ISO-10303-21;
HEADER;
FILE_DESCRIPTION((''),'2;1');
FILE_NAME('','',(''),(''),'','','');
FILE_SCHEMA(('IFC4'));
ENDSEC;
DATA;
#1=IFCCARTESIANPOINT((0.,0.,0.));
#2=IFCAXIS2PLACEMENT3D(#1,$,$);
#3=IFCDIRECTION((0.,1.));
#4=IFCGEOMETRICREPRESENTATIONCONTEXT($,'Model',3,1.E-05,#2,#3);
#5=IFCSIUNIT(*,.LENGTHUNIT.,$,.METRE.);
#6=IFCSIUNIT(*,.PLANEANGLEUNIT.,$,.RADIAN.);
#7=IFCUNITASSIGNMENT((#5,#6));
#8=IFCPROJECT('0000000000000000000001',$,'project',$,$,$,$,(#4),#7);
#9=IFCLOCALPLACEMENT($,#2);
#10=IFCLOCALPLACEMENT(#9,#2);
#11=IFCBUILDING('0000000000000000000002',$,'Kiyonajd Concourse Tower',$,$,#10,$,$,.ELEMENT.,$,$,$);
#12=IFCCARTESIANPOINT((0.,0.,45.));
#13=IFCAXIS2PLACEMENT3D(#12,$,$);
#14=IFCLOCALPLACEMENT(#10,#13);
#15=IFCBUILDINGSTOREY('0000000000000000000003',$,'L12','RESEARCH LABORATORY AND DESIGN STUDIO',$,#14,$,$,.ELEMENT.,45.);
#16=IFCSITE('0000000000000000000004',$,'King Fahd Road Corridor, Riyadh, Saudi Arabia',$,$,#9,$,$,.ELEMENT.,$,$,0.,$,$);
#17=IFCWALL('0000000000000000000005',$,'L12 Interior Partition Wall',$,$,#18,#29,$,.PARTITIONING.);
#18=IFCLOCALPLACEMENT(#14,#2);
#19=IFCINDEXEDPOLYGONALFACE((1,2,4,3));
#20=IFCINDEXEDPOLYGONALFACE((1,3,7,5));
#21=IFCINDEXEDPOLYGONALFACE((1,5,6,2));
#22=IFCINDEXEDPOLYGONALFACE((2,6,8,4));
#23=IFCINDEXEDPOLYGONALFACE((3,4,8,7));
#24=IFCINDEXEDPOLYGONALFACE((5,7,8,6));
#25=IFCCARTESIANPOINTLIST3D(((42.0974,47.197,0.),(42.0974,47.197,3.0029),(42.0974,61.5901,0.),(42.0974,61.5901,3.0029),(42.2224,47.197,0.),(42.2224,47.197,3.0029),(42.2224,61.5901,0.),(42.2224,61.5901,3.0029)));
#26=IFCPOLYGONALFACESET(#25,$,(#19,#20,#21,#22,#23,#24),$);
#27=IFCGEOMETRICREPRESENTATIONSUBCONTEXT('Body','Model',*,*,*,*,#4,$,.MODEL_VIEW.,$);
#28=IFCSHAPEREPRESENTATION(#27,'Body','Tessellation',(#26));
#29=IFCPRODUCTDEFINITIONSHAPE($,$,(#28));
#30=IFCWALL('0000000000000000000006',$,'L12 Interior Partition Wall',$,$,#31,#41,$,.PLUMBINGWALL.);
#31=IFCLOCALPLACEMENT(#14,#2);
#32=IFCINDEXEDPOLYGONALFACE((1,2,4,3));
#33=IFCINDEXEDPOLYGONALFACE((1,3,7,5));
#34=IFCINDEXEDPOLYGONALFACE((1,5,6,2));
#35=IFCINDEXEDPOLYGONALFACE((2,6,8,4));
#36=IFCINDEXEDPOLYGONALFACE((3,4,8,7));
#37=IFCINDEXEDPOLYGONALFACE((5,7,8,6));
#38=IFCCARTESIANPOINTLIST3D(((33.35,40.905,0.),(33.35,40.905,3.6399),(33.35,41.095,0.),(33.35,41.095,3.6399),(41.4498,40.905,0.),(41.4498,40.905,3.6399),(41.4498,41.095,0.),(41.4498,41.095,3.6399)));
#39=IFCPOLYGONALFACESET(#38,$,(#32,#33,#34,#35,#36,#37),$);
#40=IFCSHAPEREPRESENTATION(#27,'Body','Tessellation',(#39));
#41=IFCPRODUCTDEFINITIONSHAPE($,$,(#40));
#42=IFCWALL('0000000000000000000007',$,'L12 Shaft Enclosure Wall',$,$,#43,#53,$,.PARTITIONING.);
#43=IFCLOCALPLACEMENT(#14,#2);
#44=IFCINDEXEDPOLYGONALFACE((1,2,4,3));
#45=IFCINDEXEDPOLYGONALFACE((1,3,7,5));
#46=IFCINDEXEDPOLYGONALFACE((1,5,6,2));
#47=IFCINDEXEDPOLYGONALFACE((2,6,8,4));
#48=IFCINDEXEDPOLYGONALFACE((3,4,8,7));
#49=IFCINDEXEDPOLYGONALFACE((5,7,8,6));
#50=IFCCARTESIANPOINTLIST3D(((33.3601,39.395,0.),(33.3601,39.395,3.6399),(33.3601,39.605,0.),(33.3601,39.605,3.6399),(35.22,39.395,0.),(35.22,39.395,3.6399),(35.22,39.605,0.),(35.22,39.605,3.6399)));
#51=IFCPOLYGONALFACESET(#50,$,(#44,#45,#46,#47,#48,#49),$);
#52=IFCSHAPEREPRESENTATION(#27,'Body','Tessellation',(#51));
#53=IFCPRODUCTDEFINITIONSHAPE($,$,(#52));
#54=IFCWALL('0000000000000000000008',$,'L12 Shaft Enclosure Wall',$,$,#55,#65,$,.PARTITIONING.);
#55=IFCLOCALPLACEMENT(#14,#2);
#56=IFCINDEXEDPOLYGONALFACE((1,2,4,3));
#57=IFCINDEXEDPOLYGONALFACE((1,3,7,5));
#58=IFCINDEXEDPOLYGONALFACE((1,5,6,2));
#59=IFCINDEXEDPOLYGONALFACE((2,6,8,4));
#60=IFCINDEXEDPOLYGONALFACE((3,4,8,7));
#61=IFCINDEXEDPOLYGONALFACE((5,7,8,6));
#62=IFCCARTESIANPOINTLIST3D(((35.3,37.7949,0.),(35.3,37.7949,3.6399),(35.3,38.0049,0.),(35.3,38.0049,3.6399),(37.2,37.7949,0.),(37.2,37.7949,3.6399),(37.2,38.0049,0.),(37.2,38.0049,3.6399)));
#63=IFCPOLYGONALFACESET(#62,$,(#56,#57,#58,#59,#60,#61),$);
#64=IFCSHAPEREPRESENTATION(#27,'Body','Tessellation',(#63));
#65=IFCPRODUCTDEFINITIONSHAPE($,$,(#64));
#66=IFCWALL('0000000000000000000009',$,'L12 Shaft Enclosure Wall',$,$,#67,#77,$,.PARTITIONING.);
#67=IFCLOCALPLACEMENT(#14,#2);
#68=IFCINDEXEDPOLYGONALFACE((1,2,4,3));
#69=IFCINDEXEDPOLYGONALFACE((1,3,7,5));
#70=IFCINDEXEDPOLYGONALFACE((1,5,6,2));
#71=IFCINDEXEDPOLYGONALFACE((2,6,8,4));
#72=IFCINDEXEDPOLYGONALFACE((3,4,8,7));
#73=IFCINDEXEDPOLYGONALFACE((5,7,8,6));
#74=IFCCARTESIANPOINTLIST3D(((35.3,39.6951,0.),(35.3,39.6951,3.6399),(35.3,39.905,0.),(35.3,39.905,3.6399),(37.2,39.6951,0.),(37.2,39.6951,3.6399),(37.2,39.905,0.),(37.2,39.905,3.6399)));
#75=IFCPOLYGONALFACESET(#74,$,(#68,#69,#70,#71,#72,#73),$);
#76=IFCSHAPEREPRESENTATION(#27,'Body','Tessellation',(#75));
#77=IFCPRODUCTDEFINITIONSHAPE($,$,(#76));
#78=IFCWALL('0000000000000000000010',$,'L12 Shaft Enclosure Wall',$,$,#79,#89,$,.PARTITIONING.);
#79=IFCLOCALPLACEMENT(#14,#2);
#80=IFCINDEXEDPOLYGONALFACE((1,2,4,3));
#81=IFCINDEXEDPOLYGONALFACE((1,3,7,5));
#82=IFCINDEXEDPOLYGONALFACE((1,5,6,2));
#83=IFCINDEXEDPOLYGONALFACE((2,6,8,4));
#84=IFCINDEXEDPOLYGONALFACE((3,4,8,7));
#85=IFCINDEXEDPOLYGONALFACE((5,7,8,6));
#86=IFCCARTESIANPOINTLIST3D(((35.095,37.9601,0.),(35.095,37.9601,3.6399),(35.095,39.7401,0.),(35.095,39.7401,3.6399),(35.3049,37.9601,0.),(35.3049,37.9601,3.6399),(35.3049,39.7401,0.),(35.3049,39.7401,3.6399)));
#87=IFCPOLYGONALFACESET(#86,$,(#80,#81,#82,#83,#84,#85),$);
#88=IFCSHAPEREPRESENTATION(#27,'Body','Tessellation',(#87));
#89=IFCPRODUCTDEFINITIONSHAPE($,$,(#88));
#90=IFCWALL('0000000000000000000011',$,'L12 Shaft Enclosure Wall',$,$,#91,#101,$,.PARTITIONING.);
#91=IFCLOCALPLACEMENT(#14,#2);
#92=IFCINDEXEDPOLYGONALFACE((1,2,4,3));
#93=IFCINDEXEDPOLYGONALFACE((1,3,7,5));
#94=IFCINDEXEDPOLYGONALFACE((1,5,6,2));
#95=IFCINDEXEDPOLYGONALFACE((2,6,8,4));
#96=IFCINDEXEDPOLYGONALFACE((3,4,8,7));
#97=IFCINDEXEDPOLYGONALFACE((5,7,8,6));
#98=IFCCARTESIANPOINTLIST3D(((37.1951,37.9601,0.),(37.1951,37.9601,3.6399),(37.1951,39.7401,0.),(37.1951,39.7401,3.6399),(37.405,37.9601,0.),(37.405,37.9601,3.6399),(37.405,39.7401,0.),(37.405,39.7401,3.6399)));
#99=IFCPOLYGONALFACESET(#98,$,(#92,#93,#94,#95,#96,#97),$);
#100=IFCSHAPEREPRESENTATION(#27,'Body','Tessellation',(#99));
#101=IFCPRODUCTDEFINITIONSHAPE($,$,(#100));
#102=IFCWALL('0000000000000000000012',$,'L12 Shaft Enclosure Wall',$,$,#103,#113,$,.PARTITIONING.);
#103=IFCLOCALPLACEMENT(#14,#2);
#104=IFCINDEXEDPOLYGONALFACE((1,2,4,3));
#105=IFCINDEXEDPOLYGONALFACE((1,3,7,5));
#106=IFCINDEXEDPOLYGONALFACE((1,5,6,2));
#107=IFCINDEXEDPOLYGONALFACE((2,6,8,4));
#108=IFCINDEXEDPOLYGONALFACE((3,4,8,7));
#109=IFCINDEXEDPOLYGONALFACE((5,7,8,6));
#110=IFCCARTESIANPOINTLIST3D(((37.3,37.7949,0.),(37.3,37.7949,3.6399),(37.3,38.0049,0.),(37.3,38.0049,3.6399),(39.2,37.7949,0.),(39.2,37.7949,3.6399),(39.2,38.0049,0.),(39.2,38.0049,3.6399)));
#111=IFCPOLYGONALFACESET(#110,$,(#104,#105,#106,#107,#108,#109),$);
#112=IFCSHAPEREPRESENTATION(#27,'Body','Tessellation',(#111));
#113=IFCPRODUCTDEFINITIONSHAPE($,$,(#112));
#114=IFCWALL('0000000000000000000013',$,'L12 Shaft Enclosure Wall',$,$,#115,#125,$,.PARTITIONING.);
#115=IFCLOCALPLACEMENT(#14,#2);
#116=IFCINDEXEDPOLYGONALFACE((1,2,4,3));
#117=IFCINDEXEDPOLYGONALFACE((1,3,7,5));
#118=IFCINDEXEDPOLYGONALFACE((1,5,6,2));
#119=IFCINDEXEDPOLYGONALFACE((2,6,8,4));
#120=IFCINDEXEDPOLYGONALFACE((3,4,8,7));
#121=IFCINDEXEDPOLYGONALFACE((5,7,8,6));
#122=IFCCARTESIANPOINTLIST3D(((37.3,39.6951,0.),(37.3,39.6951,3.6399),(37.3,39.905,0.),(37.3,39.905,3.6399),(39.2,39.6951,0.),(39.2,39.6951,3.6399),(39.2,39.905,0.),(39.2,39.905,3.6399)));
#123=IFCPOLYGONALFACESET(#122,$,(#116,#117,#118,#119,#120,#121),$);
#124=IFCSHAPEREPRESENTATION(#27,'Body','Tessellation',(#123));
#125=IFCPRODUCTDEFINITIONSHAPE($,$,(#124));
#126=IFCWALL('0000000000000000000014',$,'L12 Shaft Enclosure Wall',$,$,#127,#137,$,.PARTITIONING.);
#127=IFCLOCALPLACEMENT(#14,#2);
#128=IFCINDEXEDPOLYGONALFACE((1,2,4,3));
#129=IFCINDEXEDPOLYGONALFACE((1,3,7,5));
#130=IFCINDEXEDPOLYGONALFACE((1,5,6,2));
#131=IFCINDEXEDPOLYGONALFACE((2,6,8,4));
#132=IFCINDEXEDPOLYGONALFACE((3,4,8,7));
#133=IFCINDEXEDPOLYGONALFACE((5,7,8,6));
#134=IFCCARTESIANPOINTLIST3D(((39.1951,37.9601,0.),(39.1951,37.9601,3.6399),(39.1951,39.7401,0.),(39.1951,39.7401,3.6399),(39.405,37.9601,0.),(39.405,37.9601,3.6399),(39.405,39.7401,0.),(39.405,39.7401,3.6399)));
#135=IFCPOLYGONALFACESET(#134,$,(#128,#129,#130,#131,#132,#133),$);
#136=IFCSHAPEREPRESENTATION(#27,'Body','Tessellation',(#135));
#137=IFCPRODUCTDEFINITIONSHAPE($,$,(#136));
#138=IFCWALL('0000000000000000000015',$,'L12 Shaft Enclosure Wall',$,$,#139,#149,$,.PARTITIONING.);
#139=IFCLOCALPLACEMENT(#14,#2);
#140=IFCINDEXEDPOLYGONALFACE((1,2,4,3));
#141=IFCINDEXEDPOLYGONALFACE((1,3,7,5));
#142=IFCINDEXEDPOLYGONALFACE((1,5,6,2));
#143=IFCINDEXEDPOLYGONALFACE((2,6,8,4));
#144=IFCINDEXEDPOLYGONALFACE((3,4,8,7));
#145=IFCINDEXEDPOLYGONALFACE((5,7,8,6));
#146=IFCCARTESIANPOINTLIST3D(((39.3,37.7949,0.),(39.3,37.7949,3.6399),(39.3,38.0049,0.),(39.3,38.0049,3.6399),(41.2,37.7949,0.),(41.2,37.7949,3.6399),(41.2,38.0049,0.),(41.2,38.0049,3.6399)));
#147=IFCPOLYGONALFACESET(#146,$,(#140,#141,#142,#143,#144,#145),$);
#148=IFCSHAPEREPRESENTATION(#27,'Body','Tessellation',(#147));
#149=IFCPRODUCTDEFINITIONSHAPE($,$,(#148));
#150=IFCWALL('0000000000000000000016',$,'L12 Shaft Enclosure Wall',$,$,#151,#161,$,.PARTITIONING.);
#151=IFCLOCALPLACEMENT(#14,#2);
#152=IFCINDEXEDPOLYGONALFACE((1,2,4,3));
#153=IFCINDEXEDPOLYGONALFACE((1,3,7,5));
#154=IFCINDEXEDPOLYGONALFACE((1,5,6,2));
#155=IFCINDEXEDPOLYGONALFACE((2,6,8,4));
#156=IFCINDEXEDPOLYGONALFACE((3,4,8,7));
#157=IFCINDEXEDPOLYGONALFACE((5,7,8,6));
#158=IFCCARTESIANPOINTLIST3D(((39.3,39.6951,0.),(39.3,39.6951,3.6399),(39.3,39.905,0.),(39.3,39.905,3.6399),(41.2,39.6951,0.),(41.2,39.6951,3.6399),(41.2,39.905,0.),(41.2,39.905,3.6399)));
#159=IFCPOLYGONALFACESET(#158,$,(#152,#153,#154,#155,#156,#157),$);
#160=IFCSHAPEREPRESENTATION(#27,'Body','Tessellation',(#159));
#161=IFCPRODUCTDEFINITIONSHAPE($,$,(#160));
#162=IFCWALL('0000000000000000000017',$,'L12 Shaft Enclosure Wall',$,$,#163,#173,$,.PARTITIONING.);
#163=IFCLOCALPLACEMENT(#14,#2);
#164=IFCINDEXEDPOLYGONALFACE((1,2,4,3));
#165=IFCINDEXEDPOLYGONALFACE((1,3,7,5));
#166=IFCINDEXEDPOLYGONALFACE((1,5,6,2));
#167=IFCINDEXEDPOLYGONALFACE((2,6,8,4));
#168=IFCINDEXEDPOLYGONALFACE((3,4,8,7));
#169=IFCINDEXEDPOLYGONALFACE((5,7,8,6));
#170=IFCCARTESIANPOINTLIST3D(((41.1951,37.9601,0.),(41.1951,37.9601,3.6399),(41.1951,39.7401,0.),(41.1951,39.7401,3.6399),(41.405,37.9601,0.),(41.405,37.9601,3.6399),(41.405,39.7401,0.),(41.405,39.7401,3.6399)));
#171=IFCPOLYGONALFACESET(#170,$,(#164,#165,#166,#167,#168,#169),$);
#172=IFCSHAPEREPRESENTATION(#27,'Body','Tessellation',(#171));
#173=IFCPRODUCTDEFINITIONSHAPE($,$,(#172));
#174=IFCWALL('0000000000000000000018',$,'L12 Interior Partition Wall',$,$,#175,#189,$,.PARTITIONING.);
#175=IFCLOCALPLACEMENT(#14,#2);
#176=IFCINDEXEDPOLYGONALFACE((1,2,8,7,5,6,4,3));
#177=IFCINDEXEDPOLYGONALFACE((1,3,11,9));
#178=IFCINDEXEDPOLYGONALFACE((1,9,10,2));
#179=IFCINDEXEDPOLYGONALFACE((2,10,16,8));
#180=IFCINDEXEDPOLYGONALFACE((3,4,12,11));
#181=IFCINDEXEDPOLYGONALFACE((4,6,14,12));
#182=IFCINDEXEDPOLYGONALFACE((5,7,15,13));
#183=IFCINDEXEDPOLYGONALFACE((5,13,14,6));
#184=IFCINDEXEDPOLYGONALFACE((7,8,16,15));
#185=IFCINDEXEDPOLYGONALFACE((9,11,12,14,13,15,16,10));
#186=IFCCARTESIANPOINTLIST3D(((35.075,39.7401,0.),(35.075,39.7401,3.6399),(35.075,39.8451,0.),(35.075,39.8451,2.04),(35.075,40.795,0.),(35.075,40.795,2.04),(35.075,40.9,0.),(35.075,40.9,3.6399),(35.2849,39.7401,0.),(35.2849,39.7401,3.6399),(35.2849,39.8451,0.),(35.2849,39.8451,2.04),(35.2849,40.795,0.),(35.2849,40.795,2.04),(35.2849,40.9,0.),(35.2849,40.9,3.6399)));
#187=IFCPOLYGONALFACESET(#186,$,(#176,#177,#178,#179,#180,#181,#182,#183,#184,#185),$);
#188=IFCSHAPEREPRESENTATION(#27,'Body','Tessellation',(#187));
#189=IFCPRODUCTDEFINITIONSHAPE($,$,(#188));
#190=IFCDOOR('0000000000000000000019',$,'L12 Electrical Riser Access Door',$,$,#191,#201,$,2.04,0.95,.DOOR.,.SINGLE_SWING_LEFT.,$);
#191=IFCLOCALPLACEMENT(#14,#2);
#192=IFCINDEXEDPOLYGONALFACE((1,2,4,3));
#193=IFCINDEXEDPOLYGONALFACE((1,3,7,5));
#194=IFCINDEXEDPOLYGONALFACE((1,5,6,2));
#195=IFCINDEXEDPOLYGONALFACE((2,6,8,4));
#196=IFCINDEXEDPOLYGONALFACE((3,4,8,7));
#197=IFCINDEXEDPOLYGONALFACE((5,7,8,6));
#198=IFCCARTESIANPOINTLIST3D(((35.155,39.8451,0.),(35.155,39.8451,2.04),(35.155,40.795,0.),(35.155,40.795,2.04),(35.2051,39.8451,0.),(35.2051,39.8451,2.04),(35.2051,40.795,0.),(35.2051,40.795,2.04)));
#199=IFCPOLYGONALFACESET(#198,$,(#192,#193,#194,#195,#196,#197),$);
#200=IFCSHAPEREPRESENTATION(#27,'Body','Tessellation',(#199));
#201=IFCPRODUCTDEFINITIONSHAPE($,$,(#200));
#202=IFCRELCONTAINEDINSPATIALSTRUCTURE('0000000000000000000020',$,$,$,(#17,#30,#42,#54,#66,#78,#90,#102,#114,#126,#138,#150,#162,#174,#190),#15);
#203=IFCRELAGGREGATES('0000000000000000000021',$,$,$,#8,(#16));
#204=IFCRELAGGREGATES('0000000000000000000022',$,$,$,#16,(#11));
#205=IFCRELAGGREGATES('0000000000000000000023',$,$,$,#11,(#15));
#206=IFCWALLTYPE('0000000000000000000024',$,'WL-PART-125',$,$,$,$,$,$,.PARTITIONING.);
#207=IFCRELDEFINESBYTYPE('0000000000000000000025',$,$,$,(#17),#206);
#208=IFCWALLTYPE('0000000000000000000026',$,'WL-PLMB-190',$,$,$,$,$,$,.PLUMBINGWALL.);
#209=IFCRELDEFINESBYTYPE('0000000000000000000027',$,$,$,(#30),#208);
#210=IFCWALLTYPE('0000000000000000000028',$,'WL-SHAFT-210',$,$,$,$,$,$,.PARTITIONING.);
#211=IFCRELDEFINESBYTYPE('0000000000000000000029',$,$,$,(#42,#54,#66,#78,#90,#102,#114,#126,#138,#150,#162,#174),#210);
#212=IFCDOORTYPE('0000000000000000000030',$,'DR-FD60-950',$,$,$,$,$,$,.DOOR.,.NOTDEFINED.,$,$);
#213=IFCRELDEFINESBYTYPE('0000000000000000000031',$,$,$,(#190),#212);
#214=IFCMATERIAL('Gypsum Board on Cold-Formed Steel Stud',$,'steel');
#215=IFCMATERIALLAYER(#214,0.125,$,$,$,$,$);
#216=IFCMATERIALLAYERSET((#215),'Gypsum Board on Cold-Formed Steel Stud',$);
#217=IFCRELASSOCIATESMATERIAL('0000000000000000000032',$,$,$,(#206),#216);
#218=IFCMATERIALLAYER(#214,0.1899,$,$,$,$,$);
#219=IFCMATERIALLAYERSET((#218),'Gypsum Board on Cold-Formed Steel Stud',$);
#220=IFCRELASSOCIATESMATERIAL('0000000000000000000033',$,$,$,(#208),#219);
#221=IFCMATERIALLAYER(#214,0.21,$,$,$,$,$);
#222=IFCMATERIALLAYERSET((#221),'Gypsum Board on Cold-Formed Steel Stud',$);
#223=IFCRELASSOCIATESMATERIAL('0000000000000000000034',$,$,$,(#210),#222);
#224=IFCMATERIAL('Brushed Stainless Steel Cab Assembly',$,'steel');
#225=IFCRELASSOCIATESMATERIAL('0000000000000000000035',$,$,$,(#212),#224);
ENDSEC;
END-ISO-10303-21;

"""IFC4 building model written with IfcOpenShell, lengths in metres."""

from ifc_helpers import new_model, si_unit, direction, frame, frame_2d, origin, place, context, subcontext, project, spatial, rectangle, extrude, material, layer, layer_set, type_object, element, fill, save


model = new_model("IFC4")

# Units and contexts
model_context = context("Model", 3, precision=1e-05, world=origin(), true_north=direction((0.0, 1.0)))
body_context = subcontext(model_context, "Body", "Model", "MODEL_VIEW")
ifc_project = project(units=[si_unit("LENGTHUNIT", "METRE"), si_unit("PLANEANGLEUNIT", "RADIAN")], contexts=[model_context])

# Site, building, storey
site_placement = place(None, origin())
site = spatial("IfcSite", under=ifc_project, at=site_placement, Name="King Fahd Road Corridor, Riyadh, Saudi Arabia", CompositionType="ELEMENT", RefElevation=0.0)
building_placement = place(site_placement, origin())
building = spatial("IfcBuilding", under=site, at=building_placement, Name="Kiyonajd Concourse Tower", CompositionType="ELEMENT")
storey_placement = place(building_placement, frame((0.0, 0.0, 45.0)))
storey = spatial("IfcBuildingStorey", under=building, at=storey_placement, Name="L12", Description="RESEARCH LABORATORY AND DESIGN STUDIO", CompositionType="ELEMENT", Elevation=45.0)

# Walls
ifc_material_1 = material(Name="Gypsum Board on Cold-Formed Steel Stud", Category="steel")
ifc_layer_1 = layer(ifc_material_1, 0.125)
ifc_layer_set_1 = layer_set([ifc_layer_1], Name="Gypsum Board on Cold-Formed Steel Stud")
wall_type_1 = type_object("IfcWallType", Name="WL-PART-125", PredefinedType="PARTITIONING", material=ifc_layer_set_1)
wall_1_placement = place(storey_placement, frame((42.1599, 47.197, 0.0), z_axis=(0.0, 0.0, 1.0), x_axis=(0.0, 1.0, 0.0)))
element("IfcWall", 1, at=wall_1_placement, inside=storey, type_object=wall_type_1, Name="L12 Interior Partition Wall", PredefinedType="PARTITIONING", context=body_context, shape_type="SweptSolid", body=[
    extrude(rectangle(XDim=14.3931, YDim=0.125, at=frame_2d((7.1965, 0.0))), origin(), (0.0, 0.0, 1.0), 3.0029),
])
ifc_layer_2 = layer(ifc_material_1, 0.1899)
ifc_layer_set_2 = layer_set([ifc_layer_2], Name="Gypsum Board on Cold-Formed Steel Stud")
wall_type_2 = type_object("IfcWallType", Name="WL-PLMB-190", PredefinedType="PLUMBINGWALL", material=ifc_layer_set_2)
wall_2_placement = place(storey_placement, frame((33.3501, 41.0, 0.0), z_axis=(0.0, 0.0, 1.0), x_axis=(1.0, 0.0, 0.0)))
element("IfcWall", 2, at=wall_2_placement, inside=storey, type_object=wall_type_2, Name="L12 Interior Partition Wall", PredefinedType="PLUMBINGWALL", context=body_context, shape_type="SweptSolid", body=[
    extrude(rectangle(XDim=8.0999, YDim=0.1899, at=frame_2d((4.0498, 0.0))), origin(), (0.0, 0.0, 1.0), 3.6399),
])
ifc_layer_3 = layer(ifc_material_1, 0.21)
ifc_layer_set_3 = layer_set([ifc_layer_3], Name="Gypsum Board on Cold-Formed Steel Stud")
wall_type_3 = type_object("IfcWallType", Name="WL-SHAFT-210", PredefinedType="PARTITIONING", material=ifc_layer_set_3)
wall_3_placement = place(storey_placement, frame((33.3601, 39.5, 0.0), z_axis=(0.0, 0.0, 1.0), x_axis=(1.0, 0.0, 0.0)))
element("IfcWall", 3, at=wall_3_placement, inside=storey, type_object=wall_type_3, Name="L12 Shaft Enclosure Wall", PredefinedType="PARTITIONING", context=body_context, shape_type="SweptSolid", body=[
    extrude(rectangle(XDim=1.8599, YDim=0.21, at=frame_2d((0.9299, 0.0))), origin(), (0.0, 0.0, 1.0), 3.6399),
])
for number, where, z_axis, x_axis, name in (
    (4, (35.3, 37.8999, 0.0), (0.0, 0.0, 1.0), (1.0, 0.0, 0.0), "L12 Shaft Enclosure Wall"),
    (5, (35.3, 39.8, 0.0), (0.0, 0.0, 1.0), (1.0, 0.0, 0.0), "L12 Shaft Enclosure Wall"),
):
    element("IfcWall", number, at=place(storey_placement, frame(where, z_axis=z_axis, x_axis=x_axis)), inside=storey, type_object=wall_type_3, Name=name, PredefinedType="PARTITIONING", context=body_context, shape_type="SweptSolid", body=[
        extrude(rectangle(XDim=1.8999, YDim=0.21, at=frame_2d((0.95, 0.0))), origin(), (0.0, 0.0, 1.0), 3.6399),
    ])
for number, where, z_axis, x_axis, name in (
    (6, (35.2, 37.96, 0.0), (0.0, 0.0, 1.0), (0.0, 1.0, 0.0), "L12 Shaft Enclosure Wall"),
    (7, (37.3, 37.96, 0.0), (0.0, 0.0, 1.0), (0.0, 1.0, 0.0), "L12 Shaft Enclosure Wall"),
):
    element("IfcWall", number, at=place(storey_placement, frame(where, z_axis=z_axis, x_axis=x_axis)), inside=storey, type_object=wall_type_3, Name=name, PredefinedType="PARTITIONING", context=body_context, shape_type="SweptSolid", body=[
        extrude(rectangle(XDim=1.78, YDim=0.21, at=frame_2d((0.8901, 0.0))), origin(), (0.0, 0.0, 1.0), 3.6399),
    ])
for number, where, z_axis, x_axis, name in (
    (8, (37.3, 37.8999, 0.0), (0.0, 0.0, 1.0), (1.0, 0.0, 0.0), "L12 Shaft Enclosure Wall"),
    (9, (37.3, 39.8, 0.0), (0.0, 0.0, 1.0), (1.0, 0.0, 0.0), "L12 Shaft Enclosure Wall"),
):
    element("IfcWall", number, at=place(storey_placement, frame(where, z_axis=z_axis, x_axis=x_axis)), inside=storey, type_object=wall_type_3, Name=name, PredefinedType="PARTITIONING", context=body_context, shape_type="SweptSolid", body=[
        extrude(rectangle(XDim=1.8999, YDim=0.21, at=frame_2d((0.95, 0.0))), origin(), (0.0, 0.0, 1.0), 3.6399),
    ])
wall_4_placement = place(storey_placement, frame((39.3, 37.96, 0.0), z_axis=(0.0, 0.0, 1.0), x_axis=(0.0, 1.0, 0.0)))
element("IfcWall", 10, at=wall_4_placement, inside=storey, type_object=wall_type_3, Name="L12 Shaft Enclosure Wall", PredefinedType="PARTITIONING", context=body_context, shape_type="SweptSolid", body=[
    extrude(rectangle(XDim=1.78, YDim=0.21, at=frame_2d((0.8901, 0.0))), origin(), (0.0, 0.0, 1.0), 3.6399),
])
for number, where, z_axis, x_axis, name in (
    (11, (39.3, 37.8999, 0.0), (0.0, 0.0, 1.0), (1.0, 0.0, 0.0), "L12 Shaft Enclosure Wall"),
    (12, (39.3, 39.8, 0.0), (0.0, 0.0, 1.0), (1.0, 0.0, 0.0), "L12 Shaft Enclosure Wall"),
):
    element("IfcWall", number, at=place(storey_placement, frame(where, z_axis=z_axis, x_axis=x_axis)), inside=storey, type_object=wall_type_3, Name=name, PredefinedType="PARTITIONING", context=body_context, shape_type="SweptSolid", body=[
        extrude(rectangle(XDim=1.8999, YDim=0.21, at=frame_2d((0.95, 0.0))), origin(), (0.0, 0.0, 1.0), 3.6399),
    ])
wall_5_placement = place(storey_placement, frame((41.3, 37.96, 0.0), z_axis=(0.0, 0.0, 1.0), x_axis=(0.0, 1.0, 0.0)))
element("IfcWall", 13, at=wall_5_placement, inside=storey, type_object=wall_type_3, Name="L12 Shaft Enclosure Wall", PredefinedType="PARTITIONING", context=body_context, shape_type="SweptSolid", body=[
    extrude(rectangle(XDim=1.78, YDim=0.21, at=frame_2d((0.8901, 0.0))), origin(), (0.0, 0.0, 1.0), 3.6399),
])

# Wall, opening, door
wall_6_placement = place(storey_placement, frame((35.1799, 39.74, 0.0), z_axis=(0.0, 0.0, 1.0), x_axis=(0.0, 1.0, 0.0)))
wall_6 = element("IfcWall", 14, at=wall_6_placement, inside=storey, type_object=wall_type_3, Name="L12 Interior Partition Wall", PredefinedType="PARTITIONING", context=body_context, shape_type="SweptSolid", body=[
    extrude(rectangle(XDim=1.1599, YDim=0.21, at=frame_2d((0.5801, 0.0))), origin(), (0.0, 0.0, 1.0), 3.6399),
])
opening_1_placement = place(wall_6_placement, frame((0.105, 0.0, 0.0)))
opening_1 = element("IfcOpeningElement", 15, at=opening_1_placement, cuts=wall_6, PredefinedType="OPENING", context=body_context, shape_type="SweptSolid", body=[
    extrude(rectangle(XDim=0.95, YDim=2.04, at=frame_2d((0.4751, 1.02))), frame((0.0, 0.115, 0.0), z_axis=(0.0, -1.0, 0.0), x_axis=(1.0, 0.0, 0.0)), (0.0, 0.0, 1.0), 0.23),
])
ifc_material_2 = material(Name="Brushed Stainless Steel Cab Assembly", Category="steel")
door_type_1 = type_object("IfcDoorType", Name="DR-FD60-950", OperationType="NOTDEFINED", PredefinedType="DOOR", material=ifc_material_2)
door_1_placement = place(opening_1_placement, origin())
door_1 = element("IfcDoor", 16, at=door_1_placement, inside=storey, type_object=door_type_1, Name="L12 Electrical Riser Access Door", OperationType="SINGLE_SWING_LEFT", OverallHeight=2.04, OverallWidth=0.95, PredefinedType="DOOR", context=body_context, shape_type="SweptSolid", body=[
    extrude(rectangle(XDim=0.95, YDim=2.04, at=frame_2d((0.4751, 1.02))), frame((0.0, 0.0249, 0.0), z_axis=(0.0, -1.0, 0.0), x_axis=(1.0, 0.0, 0.0)), (0.0, 0.0, 1.0), 0.05),
])
fill(opening_1, door_1)

save(model, "model.ifc")
